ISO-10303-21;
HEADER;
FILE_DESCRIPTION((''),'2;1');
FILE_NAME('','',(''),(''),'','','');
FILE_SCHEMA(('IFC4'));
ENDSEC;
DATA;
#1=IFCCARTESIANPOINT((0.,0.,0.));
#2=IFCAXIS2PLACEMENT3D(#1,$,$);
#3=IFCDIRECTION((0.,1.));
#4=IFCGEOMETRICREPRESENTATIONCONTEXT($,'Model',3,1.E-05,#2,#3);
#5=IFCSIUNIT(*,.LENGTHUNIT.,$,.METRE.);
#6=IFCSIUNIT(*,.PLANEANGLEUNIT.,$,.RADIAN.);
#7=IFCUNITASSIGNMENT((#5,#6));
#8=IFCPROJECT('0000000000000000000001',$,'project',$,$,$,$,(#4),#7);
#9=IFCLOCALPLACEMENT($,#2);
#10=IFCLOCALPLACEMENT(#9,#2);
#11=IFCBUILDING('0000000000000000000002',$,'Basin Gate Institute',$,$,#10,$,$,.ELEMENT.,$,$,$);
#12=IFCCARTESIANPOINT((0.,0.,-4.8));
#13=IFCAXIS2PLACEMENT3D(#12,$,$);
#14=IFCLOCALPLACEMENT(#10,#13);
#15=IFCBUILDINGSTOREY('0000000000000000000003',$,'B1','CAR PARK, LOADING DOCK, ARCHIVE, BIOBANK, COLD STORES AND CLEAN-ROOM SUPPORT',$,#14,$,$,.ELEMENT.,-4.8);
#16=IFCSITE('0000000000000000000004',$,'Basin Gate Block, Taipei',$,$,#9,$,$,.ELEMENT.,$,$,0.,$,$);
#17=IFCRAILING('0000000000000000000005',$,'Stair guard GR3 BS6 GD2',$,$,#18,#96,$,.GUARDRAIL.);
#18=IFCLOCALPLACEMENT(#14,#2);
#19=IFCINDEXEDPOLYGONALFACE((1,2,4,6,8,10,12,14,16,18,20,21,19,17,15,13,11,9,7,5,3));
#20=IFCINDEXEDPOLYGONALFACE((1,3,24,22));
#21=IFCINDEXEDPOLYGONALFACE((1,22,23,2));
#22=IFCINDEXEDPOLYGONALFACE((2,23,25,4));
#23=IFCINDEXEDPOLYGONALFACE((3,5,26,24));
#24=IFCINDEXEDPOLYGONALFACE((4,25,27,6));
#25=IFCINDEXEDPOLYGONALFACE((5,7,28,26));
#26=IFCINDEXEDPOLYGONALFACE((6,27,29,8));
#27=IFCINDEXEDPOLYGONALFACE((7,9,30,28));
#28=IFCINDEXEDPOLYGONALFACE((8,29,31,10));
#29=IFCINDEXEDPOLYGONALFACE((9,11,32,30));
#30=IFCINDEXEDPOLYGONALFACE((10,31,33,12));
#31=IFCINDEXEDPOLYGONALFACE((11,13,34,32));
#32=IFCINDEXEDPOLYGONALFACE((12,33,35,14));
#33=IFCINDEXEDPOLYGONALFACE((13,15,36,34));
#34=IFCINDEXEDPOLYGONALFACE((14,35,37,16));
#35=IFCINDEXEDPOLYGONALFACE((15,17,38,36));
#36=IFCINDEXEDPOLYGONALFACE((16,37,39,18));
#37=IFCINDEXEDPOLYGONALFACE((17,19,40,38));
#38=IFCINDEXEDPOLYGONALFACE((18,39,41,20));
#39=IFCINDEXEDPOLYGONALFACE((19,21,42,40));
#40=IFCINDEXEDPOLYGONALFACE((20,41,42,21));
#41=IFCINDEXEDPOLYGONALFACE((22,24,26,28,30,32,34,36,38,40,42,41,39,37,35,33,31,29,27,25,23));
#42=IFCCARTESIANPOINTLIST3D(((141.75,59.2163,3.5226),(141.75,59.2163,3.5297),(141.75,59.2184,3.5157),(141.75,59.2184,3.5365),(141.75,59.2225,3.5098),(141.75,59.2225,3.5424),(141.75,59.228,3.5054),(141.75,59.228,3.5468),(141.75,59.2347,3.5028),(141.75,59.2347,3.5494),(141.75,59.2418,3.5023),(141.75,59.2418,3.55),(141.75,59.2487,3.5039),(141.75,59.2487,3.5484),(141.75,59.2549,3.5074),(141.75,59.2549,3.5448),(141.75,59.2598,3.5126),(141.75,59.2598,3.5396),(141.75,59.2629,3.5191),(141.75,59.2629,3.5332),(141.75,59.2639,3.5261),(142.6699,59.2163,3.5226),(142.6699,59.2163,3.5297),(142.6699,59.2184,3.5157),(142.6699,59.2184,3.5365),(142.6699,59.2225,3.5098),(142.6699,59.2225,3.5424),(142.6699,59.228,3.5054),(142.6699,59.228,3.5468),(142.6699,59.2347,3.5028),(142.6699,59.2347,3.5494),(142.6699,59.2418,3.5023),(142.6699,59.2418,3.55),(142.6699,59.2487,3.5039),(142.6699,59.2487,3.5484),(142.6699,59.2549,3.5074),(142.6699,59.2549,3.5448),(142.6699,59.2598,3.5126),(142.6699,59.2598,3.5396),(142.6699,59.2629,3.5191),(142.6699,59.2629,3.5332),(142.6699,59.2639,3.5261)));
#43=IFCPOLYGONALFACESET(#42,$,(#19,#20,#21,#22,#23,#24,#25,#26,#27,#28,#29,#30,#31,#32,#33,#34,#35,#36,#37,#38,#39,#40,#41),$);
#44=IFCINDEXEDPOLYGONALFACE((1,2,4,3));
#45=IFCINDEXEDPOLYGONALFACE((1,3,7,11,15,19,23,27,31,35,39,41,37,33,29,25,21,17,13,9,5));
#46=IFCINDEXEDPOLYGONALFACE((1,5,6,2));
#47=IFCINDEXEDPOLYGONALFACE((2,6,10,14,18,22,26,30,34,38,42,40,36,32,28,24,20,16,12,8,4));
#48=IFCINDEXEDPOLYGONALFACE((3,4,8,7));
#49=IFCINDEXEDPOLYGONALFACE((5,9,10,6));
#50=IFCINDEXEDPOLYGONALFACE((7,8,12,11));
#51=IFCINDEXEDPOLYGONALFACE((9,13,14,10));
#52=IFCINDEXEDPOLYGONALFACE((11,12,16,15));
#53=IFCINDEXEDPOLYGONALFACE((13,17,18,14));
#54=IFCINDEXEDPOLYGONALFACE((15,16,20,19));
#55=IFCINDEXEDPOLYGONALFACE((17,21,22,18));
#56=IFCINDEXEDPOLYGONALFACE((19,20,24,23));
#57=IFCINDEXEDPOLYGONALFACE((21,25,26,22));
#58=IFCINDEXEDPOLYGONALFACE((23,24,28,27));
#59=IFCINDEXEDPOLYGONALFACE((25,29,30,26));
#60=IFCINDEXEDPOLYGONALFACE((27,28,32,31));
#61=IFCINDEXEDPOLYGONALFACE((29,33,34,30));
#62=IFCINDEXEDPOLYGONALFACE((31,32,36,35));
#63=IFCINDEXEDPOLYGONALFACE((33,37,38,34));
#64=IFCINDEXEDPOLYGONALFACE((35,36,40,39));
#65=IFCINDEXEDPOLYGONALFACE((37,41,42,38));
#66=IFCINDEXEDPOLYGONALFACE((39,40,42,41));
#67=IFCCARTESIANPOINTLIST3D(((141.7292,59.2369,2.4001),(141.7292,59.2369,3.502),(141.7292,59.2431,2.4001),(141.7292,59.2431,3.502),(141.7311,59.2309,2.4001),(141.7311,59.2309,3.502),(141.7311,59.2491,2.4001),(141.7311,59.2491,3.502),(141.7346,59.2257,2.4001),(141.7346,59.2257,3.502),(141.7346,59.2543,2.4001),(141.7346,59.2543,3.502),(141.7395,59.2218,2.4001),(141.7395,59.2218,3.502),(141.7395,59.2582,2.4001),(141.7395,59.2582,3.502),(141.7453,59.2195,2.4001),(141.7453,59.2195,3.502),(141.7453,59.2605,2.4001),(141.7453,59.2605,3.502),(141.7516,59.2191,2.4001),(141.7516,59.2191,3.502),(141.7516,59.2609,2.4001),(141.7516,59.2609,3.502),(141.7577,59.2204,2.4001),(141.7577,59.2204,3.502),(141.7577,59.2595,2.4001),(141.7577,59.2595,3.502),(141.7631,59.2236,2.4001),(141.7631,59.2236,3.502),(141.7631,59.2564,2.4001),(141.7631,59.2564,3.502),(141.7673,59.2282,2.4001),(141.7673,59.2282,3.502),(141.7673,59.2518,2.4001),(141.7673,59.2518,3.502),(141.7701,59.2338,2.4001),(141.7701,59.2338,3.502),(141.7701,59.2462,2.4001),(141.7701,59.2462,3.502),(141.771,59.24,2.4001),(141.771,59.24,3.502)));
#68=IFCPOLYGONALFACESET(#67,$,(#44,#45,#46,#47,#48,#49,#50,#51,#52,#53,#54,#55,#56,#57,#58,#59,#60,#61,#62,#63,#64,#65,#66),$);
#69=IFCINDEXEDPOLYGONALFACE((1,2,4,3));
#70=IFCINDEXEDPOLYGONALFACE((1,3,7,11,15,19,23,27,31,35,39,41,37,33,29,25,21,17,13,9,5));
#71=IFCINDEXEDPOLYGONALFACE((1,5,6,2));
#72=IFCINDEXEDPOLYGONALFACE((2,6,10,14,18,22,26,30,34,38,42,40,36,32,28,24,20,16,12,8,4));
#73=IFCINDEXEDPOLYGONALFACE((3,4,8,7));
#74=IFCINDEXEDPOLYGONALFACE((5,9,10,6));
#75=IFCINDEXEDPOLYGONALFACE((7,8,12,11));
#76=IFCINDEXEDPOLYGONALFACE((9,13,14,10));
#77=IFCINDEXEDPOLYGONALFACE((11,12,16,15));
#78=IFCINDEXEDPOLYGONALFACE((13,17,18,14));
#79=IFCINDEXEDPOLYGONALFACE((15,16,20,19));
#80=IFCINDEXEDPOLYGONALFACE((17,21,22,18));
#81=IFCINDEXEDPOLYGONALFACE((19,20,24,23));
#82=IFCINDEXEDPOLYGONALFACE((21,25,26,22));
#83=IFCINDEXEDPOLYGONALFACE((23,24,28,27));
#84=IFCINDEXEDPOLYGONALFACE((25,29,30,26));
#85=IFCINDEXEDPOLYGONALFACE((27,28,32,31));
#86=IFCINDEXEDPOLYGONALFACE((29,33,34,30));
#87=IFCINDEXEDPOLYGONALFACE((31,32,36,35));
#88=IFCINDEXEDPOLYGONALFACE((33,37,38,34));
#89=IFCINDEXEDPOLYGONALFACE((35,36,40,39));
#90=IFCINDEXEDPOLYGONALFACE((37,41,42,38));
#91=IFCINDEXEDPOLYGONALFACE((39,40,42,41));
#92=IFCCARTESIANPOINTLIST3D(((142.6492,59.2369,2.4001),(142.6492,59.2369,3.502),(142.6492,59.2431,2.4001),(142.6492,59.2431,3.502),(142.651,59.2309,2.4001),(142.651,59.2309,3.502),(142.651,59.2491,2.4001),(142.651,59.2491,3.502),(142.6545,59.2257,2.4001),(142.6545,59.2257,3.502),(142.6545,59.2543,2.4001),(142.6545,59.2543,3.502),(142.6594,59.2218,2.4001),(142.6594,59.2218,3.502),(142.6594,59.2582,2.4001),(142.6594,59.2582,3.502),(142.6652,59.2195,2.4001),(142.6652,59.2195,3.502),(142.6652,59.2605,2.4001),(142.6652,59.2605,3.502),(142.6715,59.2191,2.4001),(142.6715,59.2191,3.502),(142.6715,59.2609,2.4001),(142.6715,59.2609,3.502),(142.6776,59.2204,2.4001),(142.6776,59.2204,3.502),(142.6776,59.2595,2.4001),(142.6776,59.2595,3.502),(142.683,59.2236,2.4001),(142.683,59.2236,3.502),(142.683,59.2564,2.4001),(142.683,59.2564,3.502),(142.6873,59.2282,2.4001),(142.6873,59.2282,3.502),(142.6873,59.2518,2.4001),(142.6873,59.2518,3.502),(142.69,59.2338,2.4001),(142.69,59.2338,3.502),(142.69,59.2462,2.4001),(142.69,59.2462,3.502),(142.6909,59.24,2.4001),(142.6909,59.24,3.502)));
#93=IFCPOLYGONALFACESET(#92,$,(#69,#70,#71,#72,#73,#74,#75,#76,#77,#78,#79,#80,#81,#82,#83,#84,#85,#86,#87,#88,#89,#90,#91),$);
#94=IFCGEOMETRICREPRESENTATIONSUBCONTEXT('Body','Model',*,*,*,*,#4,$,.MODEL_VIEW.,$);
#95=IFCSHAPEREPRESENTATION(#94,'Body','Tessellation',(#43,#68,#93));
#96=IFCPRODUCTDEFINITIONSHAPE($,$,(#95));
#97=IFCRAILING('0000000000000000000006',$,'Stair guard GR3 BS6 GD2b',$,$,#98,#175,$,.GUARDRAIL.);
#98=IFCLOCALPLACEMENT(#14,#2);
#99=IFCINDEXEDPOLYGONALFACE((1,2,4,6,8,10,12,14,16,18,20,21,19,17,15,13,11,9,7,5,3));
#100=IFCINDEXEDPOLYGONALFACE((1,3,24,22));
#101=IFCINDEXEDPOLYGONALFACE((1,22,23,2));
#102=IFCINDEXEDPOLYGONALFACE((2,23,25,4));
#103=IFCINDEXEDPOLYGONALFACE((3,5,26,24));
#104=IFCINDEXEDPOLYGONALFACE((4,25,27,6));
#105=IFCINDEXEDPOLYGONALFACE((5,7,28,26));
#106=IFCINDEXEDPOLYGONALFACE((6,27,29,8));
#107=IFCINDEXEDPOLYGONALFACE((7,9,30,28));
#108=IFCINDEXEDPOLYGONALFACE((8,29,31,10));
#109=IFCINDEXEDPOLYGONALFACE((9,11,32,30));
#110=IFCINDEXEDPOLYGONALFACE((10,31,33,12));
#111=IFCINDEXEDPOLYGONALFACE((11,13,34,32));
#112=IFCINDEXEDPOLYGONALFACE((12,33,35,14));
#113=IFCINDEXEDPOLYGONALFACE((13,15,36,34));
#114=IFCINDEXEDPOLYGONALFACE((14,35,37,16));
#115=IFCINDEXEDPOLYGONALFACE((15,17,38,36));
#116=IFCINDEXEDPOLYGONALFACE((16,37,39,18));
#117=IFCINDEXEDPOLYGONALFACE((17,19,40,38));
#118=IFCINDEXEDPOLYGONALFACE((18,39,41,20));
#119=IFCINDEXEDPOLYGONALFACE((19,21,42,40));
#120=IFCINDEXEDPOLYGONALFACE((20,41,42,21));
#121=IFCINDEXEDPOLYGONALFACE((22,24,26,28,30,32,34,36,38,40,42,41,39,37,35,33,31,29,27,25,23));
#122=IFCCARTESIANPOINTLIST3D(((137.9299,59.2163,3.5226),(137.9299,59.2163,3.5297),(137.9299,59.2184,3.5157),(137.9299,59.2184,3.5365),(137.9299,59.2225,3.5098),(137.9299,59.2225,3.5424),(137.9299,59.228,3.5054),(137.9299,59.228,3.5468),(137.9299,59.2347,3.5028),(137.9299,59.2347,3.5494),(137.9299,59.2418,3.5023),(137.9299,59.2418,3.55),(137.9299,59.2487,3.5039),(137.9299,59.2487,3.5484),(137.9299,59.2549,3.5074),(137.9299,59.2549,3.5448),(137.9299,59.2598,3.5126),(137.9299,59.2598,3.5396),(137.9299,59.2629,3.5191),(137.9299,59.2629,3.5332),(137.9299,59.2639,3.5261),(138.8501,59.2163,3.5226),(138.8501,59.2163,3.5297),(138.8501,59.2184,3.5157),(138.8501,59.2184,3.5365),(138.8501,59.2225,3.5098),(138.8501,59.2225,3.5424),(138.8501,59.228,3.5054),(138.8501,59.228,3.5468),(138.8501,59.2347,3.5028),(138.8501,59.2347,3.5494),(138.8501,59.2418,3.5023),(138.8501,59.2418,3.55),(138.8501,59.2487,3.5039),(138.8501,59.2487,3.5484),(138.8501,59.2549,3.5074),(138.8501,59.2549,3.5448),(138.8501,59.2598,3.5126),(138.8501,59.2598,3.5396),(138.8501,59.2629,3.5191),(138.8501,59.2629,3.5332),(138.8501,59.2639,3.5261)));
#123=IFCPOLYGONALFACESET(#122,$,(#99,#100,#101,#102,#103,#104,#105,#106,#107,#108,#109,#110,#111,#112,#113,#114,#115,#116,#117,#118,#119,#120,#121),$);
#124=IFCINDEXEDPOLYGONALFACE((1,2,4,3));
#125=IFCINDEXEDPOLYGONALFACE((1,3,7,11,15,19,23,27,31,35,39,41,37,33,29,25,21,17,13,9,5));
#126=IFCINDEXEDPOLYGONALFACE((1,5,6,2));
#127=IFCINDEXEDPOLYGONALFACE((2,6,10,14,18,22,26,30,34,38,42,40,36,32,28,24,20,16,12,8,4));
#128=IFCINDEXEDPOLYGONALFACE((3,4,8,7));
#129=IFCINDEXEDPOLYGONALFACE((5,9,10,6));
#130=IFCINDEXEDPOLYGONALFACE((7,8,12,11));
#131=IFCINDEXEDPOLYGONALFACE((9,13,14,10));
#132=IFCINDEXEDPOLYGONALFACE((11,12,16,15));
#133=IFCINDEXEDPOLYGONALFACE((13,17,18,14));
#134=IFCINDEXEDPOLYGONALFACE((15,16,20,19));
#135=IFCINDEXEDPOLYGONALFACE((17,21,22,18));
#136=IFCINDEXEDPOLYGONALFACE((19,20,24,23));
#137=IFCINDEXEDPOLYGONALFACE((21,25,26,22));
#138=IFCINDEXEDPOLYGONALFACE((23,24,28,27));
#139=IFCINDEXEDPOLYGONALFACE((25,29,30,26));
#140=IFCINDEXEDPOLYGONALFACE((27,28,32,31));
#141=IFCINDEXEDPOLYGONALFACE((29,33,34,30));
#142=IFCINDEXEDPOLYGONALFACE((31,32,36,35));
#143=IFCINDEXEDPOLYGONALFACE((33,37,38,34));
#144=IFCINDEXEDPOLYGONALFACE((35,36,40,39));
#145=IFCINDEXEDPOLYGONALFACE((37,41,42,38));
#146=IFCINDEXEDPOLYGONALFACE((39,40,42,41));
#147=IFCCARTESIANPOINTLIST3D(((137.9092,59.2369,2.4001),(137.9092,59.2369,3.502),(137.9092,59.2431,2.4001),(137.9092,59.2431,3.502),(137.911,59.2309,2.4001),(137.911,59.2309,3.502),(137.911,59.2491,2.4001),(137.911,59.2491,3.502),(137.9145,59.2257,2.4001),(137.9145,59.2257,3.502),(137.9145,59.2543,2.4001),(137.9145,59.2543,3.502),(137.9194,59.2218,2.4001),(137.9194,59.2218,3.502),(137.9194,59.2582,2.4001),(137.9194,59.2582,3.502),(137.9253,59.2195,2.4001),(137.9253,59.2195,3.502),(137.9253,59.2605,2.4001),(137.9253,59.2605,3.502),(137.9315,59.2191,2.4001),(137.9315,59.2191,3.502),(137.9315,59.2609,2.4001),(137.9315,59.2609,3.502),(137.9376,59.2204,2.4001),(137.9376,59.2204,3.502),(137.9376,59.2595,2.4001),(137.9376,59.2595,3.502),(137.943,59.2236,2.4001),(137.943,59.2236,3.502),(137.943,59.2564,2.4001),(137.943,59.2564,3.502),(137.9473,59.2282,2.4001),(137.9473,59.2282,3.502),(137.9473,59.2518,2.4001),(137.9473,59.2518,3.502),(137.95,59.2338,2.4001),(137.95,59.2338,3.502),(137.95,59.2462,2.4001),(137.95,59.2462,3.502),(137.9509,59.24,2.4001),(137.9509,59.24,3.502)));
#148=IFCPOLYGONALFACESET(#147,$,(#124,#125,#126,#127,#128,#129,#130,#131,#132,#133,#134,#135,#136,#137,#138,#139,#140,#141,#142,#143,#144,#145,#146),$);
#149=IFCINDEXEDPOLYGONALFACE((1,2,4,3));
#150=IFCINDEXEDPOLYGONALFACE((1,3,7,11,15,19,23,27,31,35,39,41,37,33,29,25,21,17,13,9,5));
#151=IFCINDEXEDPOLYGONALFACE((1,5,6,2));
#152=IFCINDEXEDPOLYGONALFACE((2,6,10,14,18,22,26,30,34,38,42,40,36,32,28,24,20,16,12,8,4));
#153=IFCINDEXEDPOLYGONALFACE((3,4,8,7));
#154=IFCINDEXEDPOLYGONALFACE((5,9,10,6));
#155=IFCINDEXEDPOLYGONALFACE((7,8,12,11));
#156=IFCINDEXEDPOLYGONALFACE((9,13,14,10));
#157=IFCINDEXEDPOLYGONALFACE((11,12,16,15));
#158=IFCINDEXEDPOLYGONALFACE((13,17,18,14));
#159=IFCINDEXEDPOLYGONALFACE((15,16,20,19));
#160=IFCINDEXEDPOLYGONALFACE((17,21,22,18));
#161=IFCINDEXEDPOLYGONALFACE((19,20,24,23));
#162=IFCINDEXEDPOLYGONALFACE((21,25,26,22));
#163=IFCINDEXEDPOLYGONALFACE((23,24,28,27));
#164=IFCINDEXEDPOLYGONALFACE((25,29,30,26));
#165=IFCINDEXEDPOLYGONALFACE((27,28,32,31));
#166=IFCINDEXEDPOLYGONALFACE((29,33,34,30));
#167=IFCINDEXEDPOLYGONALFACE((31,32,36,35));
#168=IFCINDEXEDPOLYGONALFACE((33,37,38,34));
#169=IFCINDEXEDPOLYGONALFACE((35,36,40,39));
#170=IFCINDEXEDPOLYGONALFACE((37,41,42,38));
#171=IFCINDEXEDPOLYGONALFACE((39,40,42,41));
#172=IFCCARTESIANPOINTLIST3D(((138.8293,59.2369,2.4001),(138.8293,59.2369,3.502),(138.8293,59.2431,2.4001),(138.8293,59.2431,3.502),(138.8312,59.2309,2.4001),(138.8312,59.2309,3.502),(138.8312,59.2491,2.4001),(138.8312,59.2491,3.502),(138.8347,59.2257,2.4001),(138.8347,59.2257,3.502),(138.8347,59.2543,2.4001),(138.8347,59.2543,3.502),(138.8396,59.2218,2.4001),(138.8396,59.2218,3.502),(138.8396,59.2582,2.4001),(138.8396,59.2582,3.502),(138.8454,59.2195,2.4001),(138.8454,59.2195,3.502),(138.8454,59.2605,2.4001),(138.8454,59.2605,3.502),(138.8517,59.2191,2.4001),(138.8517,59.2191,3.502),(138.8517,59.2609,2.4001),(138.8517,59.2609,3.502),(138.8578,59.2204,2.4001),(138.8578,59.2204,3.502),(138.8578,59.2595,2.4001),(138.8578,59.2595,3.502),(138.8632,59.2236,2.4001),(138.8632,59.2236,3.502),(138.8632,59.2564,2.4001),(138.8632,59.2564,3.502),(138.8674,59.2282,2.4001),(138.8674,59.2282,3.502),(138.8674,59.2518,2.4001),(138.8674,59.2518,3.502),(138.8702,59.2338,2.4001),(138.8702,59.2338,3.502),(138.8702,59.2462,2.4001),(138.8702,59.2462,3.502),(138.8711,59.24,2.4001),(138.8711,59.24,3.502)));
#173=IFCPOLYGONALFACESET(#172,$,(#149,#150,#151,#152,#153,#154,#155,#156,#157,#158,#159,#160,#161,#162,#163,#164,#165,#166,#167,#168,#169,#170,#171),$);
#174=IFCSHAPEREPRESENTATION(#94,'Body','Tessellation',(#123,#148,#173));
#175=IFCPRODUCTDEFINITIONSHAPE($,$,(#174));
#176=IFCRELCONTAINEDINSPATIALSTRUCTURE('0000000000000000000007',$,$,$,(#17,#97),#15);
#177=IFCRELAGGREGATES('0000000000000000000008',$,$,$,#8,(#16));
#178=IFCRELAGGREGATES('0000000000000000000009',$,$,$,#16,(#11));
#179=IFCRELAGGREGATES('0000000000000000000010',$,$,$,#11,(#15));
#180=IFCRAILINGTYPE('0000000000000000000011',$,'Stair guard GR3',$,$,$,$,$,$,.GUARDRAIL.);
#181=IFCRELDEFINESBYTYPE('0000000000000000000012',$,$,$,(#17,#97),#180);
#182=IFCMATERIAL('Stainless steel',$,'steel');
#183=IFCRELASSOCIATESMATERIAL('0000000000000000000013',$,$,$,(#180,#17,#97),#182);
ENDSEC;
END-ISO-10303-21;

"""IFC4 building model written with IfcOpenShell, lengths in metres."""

from ifc_helpers import new_model, si_unit, direction, frame, origin, origin_2d, place, context, subcontext, project, spatial, circle, extrude, material, type_object, element, save


model = new_model("IFC4")

# Units and contexts
model_context = context("Model", 3, precision=1e-05, world=origin(), true_north=direction((0.0, 1.0)))
body_context = subcontext(model_context, "Body", "Model", "MODEL_VIEW")
ifc_project = project(units=[si_unit("LENGTHUNIT", "METRE"), si_unit("PLANEANGLEUNIT", "RADIAN")], contexts=[model_context])

# Site, building, storey
site_placement = place(None, origin())
site = spatial("IfcSite", under=ifc_project, at=site_placement, Name="Basin Gate Block, Taipei", CompositionType="ELEMENT", RefElevation=0.0)
building_placement = place(site_placement, origin())
building = spatial("IfcBuilding", under=site, at=building_placement, Name="Basin Gate Institute", CompositionType="ELEMENT")
storey_placement = place(building_placement, frame((0.0, 0.0, -4.8)))
storey = spatial("IfcBuildingStorey", under=building, at=storey_placement, Name="B1", Description="CAR PARK, LOADING DOCK, ARCHIVE, BIOBANK, COLD STORES AND CLEAN-ROOM SUPPORT", CompositionType="ELEMENT", Elevation=-4.8)

# Railings
ifc_material_1 = material(Name="Stainless steel", Category="steel")
railing_type_1 = type_object("IfcRailingType", Name="Stair guard GR3", PredefinedType="GUARDRAIL", material=ifc_material_1)
railing_1_placement = place(storey_placement, frame((141.75, 59.24, 2.4001)))
element("IfcRailing", 1, at=railing_1_placement, inside=storey, type_object=railing_type_1, material=ifc_material_1, Name="Stair guard GR3 BS6 GD2", PredefinedType="GUARDRAIL", context=body_context, shape_type="SweptSolid", body=[
    extrude(circle(Radius=0.0239, at=origin_2d()), frame((0.0, 0.0, 1.126), z_axis=(1.0, 0.0, 0.0), x_axis=(0.0, 1.0, 0.0)), (0.0, 0.0, 1.0), 0.9199),
    extrude(circle(Radius=0.021, at=origin_2d()), origin(), (0.0, 0.0, 1.0), 1.1018),
    extrude(circle(Radius=0.021, at=origin_2d()), frame((0.9199, 0.0, 0.0)), (0.0, 0.0, 1.0), 1.1018),
])
railing_2_placement = place(storey_placement, frame((137.9299, 59.24, 2.4001)))
element("IfcRailing", 2, at=railing_2_placement, inside=storey, type_object=railing_type_1, material=ifc_material_1, Name="Stair guard GR3 BS6 GD2b", PredefinedType="GUARDRAIL", context=body_context, shape_type="SweptSolid", body=[
    extrude(circle(Radius=0.0239, at=origin_2d()), frame((0.0, 0.0, 1.126), z_axis=(1.0, 0.0, 0.0), x_axis=(0.0, 1.0, 0.0)), (0.0, 0.0, 1.0), 0.9202),
    extrude(circle(Radius=0.021, at=origin_2d()), origin(), (0.0, 0.0, 1.0), 1.1018),
    extrude(circle(Radius=0.021, at=origin_2d()), frame((0.9202, 0.0, 0.0)), (0.0, 0.0, 1.0), 1.1018),
])

save(model, "model.ifc")
